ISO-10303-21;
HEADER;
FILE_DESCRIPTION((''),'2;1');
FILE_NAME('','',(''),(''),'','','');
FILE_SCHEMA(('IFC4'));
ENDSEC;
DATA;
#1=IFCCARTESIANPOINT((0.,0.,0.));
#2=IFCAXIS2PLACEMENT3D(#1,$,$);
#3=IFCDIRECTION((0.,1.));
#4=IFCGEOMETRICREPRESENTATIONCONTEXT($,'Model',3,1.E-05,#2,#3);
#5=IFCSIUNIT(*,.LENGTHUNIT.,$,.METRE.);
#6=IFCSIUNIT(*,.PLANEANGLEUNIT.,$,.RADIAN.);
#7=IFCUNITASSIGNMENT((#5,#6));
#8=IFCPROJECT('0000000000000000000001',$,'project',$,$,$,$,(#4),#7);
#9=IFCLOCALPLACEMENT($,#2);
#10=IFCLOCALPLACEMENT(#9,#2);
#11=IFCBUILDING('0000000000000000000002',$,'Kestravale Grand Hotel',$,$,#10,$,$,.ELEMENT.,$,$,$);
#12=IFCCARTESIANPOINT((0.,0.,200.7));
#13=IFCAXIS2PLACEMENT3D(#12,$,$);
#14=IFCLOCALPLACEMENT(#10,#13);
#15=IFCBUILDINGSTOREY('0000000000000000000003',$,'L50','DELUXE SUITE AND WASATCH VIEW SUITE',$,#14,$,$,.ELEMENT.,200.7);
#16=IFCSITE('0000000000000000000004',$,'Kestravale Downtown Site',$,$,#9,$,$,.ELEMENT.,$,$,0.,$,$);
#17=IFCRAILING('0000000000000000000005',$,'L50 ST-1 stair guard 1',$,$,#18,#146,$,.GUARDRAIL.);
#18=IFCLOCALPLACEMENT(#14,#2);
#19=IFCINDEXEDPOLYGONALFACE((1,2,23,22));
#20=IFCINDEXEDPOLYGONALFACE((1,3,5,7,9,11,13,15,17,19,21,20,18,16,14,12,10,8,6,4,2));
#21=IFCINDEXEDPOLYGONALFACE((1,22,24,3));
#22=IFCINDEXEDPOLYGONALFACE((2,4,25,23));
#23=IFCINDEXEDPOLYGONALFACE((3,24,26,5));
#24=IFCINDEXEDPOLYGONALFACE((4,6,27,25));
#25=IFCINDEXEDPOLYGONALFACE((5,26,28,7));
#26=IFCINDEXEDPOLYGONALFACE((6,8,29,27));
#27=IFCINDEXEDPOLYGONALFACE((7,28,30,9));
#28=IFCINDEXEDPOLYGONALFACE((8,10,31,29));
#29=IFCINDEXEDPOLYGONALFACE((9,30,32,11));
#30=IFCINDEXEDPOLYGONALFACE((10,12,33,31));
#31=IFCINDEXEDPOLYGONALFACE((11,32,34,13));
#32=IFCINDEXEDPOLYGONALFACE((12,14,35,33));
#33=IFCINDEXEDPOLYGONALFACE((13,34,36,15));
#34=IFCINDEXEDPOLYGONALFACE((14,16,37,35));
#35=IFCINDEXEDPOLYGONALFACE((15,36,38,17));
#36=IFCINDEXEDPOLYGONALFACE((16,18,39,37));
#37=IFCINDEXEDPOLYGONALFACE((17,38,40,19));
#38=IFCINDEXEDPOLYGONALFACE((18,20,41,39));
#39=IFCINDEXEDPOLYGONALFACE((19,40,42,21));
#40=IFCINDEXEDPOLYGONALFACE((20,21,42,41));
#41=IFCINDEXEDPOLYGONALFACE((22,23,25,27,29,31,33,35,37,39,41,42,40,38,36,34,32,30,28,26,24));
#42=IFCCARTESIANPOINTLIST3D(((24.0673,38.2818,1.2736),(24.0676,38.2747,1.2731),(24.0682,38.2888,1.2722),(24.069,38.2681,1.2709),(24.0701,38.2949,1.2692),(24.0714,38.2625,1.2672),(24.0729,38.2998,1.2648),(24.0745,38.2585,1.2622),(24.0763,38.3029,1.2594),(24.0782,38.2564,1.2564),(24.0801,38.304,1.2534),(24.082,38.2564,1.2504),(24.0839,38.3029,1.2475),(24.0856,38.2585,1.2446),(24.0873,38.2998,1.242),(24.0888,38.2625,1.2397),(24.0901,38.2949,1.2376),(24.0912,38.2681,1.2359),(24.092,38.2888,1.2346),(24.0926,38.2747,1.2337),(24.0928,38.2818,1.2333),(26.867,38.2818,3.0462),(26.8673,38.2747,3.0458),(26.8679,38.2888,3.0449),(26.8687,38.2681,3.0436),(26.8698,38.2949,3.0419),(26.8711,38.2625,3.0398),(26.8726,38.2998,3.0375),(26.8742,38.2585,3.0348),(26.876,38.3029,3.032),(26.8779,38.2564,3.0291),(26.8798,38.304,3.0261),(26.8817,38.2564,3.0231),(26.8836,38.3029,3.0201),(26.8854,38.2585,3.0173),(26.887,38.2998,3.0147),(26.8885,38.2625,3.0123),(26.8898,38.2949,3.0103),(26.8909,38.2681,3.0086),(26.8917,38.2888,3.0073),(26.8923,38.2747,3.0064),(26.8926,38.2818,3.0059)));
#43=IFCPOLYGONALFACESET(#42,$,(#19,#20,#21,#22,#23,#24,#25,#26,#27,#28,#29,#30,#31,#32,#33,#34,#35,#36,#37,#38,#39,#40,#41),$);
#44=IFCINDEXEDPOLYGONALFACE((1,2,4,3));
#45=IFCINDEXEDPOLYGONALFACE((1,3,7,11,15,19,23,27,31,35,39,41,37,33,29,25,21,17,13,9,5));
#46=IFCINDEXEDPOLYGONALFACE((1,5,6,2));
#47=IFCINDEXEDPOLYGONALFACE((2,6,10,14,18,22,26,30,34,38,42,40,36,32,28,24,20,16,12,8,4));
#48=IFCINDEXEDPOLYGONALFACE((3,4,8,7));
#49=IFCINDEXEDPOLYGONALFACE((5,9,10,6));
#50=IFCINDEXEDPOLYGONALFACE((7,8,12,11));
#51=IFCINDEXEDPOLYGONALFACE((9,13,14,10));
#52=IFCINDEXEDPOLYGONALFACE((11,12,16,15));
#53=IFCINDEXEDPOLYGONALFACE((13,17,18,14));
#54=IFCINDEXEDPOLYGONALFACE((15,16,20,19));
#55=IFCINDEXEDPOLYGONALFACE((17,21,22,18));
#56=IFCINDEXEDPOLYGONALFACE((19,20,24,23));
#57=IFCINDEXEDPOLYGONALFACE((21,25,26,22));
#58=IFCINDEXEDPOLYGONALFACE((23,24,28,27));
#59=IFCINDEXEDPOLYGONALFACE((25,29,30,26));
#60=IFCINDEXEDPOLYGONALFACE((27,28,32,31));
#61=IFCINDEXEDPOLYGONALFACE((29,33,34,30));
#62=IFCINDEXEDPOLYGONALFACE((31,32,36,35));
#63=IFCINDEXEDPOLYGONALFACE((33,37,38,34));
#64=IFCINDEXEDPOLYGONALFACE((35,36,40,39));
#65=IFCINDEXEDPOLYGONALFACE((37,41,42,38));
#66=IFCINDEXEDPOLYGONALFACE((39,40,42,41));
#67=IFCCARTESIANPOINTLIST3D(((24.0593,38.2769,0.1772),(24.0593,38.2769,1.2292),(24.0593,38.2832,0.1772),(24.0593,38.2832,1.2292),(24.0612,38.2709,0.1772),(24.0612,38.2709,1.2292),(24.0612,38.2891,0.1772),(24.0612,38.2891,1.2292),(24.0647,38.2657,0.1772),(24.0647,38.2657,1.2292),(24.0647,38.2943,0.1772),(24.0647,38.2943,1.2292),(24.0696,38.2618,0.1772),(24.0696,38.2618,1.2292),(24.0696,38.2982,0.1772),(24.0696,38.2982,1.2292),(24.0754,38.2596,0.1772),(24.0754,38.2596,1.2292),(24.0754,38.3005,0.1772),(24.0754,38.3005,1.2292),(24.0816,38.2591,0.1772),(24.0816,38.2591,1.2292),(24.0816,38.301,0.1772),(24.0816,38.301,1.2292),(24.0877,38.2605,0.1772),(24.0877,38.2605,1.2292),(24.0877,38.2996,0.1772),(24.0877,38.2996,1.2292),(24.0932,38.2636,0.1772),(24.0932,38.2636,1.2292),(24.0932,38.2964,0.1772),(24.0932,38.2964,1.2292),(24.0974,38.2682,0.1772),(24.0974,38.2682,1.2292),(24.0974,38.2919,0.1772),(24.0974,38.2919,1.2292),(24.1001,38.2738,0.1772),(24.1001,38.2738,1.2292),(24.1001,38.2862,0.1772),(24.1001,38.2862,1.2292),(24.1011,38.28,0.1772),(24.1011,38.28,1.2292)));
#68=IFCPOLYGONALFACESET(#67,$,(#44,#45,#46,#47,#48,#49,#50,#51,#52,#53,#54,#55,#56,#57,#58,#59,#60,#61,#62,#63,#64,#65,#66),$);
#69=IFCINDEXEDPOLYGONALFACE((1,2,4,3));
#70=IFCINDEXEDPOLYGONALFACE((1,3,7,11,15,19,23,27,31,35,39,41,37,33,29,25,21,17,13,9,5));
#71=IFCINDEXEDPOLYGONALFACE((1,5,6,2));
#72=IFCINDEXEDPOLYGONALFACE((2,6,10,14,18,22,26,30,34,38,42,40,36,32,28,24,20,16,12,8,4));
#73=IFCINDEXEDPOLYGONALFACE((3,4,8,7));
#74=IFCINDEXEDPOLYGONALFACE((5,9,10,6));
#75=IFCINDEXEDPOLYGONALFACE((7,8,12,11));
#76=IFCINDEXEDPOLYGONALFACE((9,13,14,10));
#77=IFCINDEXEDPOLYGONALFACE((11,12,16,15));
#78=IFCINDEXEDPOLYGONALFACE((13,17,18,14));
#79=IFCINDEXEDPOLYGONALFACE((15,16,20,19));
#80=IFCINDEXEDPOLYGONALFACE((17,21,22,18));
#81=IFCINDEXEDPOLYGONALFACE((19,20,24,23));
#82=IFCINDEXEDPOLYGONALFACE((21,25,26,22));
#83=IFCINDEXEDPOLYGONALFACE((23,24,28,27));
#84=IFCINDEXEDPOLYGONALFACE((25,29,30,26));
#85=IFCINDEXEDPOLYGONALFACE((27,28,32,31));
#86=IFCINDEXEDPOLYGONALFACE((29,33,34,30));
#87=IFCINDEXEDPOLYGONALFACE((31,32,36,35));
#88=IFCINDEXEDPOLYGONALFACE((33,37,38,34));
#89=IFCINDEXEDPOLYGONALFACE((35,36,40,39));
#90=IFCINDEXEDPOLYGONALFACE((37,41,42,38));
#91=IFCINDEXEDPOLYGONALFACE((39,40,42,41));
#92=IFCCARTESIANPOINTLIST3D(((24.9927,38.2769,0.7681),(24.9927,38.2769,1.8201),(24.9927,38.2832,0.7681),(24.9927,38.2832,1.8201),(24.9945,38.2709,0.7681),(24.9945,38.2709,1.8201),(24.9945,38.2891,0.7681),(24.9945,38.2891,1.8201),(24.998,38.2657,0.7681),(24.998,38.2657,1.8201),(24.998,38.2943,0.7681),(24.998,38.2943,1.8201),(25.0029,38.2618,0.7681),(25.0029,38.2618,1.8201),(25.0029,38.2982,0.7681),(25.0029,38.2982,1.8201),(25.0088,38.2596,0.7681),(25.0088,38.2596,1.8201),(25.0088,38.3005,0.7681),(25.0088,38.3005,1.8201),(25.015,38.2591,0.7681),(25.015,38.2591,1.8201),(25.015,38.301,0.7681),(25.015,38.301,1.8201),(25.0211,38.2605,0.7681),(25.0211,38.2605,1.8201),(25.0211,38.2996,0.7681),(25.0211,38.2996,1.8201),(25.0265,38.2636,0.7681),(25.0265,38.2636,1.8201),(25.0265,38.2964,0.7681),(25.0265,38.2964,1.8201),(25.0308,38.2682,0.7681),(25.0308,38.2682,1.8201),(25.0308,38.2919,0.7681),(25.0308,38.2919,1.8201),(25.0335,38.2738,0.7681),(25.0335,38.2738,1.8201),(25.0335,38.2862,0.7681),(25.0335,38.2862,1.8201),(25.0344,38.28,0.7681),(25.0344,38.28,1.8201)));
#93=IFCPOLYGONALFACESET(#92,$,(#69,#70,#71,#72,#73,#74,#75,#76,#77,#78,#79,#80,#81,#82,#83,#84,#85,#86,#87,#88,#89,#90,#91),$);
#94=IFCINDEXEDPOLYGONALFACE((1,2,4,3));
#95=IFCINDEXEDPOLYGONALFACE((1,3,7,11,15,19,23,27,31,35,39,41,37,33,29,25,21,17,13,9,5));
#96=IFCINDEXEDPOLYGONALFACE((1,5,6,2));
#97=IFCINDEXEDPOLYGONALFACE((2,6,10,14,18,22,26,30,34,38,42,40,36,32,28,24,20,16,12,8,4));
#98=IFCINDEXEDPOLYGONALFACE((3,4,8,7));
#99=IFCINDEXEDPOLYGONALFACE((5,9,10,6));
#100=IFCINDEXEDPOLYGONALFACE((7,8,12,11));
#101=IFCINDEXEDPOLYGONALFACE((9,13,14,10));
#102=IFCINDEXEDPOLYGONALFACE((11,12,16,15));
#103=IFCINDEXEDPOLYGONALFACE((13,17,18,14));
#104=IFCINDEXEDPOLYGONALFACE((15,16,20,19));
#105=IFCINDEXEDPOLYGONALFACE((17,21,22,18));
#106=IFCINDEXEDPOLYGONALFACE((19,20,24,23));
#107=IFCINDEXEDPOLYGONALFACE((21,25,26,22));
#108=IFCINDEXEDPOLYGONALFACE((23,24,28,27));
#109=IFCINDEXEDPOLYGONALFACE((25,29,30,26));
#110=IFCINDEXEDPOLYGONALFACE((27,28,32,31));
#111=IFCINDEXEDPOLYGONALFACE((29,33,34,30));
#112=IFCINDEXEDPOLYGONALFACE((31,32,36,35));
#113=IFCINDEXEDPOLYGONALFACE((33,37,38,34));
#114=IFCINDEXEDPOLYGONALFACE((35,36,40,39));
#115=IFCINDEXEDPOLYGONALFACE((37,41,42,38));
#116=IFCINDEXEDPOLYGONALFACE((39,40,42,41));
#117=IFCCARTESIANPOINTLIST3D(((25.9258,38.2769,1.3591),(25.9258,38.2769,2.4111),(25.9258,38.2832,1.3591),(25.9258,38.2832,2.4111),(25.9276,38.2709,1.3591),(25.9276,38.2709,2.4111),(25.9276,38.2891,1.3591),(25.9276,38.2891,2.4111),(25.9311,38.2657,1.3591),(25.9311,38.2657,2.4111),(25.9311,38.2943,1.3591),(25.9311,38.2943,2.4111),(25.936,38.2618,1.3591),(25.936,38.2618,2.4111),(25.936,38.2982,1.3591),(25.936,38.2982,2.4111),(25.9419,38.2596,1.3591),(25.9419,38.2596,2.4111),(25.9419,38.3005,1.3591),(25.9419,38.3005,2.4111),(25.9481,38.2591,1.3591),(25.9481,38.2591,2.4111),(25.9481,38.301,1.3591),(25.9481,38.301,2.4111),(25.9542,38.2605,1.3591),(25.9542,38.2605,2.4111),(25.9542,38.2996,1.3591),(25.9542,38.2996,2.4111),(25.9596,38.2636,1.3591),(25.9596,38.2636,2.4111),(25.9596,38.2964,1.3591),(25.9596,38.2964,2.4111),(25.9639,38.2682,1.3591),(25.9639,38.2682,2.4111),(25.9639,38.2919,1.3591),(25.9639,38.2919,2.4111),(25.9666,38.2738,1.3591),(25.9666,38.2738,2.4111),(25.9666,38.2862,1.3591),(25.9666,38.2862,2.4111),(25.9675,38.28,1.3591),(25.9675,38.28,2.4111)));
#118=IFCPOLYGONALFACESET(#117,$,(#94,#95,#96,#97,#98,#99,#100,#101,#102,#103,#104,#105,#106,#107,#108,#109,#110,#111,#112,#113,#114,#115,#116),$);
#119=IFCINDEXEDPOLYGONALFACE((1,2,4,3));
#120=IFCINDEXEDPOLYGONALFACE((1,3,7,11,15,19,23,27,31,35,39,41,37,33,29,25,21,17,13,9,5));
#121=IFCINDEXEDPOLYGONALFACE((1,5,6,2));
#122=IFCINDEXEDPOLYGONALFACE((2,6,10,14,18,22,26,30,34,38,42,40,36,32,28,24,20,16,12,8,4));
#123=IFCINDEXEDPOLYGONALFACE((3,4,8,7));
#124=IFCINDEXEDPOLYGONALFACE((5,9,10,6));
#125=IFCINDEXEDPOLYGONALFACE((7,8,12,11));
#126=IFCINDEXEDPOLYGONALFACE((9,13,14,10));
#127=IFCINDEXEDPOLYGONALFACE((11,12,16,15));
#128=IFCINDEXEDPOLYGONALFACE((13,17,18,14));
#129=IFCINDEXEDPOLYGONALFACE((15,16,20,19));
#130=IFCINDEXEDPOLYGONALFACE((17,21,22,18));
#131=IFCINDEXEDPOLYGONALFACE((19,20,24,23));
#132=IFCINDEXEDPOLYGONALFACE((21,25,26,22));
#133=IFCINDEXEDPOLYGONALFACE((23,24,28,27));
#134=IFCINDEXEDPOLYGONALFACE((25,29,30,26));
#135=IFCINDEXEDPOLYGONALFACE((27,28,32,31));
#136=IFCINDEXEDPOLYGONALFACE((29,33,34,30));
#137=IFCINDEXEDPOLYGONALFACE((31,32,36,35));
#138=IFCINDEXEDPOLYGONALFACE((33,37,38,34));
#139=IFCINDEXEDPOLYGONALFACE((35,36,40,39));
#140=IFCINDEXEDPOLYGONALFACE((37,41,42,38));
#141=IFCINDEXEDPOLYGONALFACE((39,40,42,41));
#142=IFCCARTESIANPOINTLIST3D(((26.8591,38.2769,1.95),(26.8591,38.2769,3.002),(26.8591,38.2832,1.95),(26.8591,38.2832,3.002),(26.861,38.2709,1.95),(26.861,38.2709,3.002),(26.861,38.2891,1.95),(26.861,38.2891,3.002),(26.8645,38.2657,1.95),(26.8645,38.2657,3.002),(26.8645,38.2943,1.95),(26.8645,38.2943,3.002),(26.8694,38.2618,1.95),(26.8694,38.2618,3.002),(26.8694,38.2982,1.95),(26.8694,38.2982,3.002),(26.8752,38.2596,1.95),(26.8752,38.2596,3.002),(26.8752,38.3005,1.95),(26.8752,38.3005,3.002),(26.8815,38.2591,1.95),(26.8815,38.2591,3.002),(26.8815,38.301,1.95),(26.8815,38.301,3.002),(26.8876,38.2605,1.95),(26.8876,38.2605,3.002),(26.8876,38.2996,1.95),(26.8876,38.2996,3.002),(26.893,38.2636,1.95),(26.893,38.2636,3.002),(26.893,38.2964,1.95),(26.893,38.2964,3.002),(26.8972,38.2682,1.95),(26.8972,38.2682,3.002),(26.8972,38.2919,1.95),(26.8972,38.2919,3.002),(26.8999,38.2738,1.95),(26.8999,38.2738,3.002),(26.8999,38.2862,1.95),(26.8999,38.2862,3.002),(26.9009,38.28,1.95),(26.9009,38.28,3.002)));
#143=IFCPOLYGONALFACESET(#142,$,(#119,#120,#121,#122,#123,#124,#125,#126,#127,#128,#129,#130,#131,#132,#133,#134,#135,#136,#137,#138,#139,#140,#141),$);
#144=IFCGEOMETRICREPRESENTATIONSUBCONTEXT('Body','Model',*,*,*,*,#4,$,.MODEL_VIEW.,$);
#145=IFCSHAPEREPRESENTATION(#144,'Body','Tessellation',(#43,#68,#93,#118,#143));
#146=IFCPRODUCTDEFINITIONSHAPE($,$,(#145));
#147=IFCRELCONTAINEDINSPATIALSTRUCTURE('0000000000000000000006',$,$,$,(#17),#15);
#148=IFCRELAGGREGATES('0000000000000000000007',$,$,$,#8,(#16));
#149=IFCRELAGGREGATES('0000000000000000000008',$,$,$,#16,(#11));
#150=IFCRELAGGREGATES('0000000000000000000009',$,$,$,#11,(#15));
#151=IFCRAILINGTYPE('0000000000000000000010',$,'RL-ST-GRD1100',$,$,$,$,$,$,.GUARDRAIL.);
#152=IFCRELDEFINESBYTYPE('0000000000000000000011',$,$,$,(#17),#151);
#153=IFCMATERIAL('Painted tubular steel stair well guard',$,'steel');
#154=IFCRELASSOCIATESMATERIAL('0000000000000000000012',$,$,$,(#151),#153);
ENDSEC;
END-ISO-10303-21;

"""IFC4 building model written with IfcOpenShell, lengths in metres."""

from ifc_helpers import new_model, si_unit, direction, frame, origin, origin_2d, place, context, subcontext, project, spatial, circle, extrude, material, type_object, element, save


model = new_model("IFC4")

# Units and contexts
model_context = context("Model", 3, precision=1e-05, world=origin(), true_north=direction((0.0, 1.0)))
body_context = subcontext(model_context, "Body", "Model", "MODEL_VIEW")
ifc_project = project(units=[si_unit("LENGTHUNIT", "METRE"), si_unit("PLANEANGLEUNIT", "RADIAN")], contexts=[model_context])

# Site, building, storey
site_placement = place(None, origin())
site = spatial("IfcSite", under=ifc_project, at=site_placement, Name="Kestravale Downtown Site", CompositionType="ELEMENT", RefElevation=0.0)
building_placement = place(site_placement, origin())
building = spatial("IfcBuilding", under=site, at=building_placement, Name="Kestravale Grand Hotel", CompositionType="ELEMENT")
storey_placement = place(building_placement, frame((0.0, 0.0, 200.7)))
storey = spatial("IfcBuildingStorey", under=building, at=storey_placement, Name="L50", Description="DELUXE SUITE AND WASATCH VIEW SUITE", CompositionType="ELEMENT", Elevation=200.7)

# Railing
ifc_material_1 = material(Name="Painted tubular steel stair well guard", Category="steel")
railing_type_1 = type_object("IfcRailingType", Name="RL-ST-GRD1100", PredefinedType="GUARDRAIL", material=ifc_material_1)
railing_1_placement = place(storey_placement, frame((24.0801, 38.28, 0.1772)))
element("IfcRailing", 1, at=railing_1_placement, inside=storey, type_object=railing_type_1, Name="L50 ST-1 stair guard 1", PredefinedType="GUARDRAIL", context=body_context, shape_type="SweptSolid", body=[
    extrude(circle(Radius=0.0239, at=origin_2d()), frame((0.0, 0.0, 1.0762), z_axis=(0.844888, 0.0, 0.534943), x_axis=(0.0, 1.0, 0.0)), (0.0, 0.0, 1.0), 3.3137),
    extrude(circle(Radius=0.021, at=origin_2d()), origin(), (0.0, 0.0, 1.0), 1.052),
    extrude(circle(Radius=0.021, at=origin_2d()), frame((0.9333, 0.0, 0.5908)), (0.0, 0.0, 1.0), 1.052),
    extrude(circle(Radius=0.021, at=origin_2d()), frame((1.8665, 0.0, 1.1819)), (0.0, 0.0, 1.0), 1.052),
    extrude(circle(Radius=0.021, at=origin_2d()), frame((2.7998, 0.0, 1.7727)), (0.0, 0.0, 1.0), 1.052),
])

save(model, "model.ifc")
